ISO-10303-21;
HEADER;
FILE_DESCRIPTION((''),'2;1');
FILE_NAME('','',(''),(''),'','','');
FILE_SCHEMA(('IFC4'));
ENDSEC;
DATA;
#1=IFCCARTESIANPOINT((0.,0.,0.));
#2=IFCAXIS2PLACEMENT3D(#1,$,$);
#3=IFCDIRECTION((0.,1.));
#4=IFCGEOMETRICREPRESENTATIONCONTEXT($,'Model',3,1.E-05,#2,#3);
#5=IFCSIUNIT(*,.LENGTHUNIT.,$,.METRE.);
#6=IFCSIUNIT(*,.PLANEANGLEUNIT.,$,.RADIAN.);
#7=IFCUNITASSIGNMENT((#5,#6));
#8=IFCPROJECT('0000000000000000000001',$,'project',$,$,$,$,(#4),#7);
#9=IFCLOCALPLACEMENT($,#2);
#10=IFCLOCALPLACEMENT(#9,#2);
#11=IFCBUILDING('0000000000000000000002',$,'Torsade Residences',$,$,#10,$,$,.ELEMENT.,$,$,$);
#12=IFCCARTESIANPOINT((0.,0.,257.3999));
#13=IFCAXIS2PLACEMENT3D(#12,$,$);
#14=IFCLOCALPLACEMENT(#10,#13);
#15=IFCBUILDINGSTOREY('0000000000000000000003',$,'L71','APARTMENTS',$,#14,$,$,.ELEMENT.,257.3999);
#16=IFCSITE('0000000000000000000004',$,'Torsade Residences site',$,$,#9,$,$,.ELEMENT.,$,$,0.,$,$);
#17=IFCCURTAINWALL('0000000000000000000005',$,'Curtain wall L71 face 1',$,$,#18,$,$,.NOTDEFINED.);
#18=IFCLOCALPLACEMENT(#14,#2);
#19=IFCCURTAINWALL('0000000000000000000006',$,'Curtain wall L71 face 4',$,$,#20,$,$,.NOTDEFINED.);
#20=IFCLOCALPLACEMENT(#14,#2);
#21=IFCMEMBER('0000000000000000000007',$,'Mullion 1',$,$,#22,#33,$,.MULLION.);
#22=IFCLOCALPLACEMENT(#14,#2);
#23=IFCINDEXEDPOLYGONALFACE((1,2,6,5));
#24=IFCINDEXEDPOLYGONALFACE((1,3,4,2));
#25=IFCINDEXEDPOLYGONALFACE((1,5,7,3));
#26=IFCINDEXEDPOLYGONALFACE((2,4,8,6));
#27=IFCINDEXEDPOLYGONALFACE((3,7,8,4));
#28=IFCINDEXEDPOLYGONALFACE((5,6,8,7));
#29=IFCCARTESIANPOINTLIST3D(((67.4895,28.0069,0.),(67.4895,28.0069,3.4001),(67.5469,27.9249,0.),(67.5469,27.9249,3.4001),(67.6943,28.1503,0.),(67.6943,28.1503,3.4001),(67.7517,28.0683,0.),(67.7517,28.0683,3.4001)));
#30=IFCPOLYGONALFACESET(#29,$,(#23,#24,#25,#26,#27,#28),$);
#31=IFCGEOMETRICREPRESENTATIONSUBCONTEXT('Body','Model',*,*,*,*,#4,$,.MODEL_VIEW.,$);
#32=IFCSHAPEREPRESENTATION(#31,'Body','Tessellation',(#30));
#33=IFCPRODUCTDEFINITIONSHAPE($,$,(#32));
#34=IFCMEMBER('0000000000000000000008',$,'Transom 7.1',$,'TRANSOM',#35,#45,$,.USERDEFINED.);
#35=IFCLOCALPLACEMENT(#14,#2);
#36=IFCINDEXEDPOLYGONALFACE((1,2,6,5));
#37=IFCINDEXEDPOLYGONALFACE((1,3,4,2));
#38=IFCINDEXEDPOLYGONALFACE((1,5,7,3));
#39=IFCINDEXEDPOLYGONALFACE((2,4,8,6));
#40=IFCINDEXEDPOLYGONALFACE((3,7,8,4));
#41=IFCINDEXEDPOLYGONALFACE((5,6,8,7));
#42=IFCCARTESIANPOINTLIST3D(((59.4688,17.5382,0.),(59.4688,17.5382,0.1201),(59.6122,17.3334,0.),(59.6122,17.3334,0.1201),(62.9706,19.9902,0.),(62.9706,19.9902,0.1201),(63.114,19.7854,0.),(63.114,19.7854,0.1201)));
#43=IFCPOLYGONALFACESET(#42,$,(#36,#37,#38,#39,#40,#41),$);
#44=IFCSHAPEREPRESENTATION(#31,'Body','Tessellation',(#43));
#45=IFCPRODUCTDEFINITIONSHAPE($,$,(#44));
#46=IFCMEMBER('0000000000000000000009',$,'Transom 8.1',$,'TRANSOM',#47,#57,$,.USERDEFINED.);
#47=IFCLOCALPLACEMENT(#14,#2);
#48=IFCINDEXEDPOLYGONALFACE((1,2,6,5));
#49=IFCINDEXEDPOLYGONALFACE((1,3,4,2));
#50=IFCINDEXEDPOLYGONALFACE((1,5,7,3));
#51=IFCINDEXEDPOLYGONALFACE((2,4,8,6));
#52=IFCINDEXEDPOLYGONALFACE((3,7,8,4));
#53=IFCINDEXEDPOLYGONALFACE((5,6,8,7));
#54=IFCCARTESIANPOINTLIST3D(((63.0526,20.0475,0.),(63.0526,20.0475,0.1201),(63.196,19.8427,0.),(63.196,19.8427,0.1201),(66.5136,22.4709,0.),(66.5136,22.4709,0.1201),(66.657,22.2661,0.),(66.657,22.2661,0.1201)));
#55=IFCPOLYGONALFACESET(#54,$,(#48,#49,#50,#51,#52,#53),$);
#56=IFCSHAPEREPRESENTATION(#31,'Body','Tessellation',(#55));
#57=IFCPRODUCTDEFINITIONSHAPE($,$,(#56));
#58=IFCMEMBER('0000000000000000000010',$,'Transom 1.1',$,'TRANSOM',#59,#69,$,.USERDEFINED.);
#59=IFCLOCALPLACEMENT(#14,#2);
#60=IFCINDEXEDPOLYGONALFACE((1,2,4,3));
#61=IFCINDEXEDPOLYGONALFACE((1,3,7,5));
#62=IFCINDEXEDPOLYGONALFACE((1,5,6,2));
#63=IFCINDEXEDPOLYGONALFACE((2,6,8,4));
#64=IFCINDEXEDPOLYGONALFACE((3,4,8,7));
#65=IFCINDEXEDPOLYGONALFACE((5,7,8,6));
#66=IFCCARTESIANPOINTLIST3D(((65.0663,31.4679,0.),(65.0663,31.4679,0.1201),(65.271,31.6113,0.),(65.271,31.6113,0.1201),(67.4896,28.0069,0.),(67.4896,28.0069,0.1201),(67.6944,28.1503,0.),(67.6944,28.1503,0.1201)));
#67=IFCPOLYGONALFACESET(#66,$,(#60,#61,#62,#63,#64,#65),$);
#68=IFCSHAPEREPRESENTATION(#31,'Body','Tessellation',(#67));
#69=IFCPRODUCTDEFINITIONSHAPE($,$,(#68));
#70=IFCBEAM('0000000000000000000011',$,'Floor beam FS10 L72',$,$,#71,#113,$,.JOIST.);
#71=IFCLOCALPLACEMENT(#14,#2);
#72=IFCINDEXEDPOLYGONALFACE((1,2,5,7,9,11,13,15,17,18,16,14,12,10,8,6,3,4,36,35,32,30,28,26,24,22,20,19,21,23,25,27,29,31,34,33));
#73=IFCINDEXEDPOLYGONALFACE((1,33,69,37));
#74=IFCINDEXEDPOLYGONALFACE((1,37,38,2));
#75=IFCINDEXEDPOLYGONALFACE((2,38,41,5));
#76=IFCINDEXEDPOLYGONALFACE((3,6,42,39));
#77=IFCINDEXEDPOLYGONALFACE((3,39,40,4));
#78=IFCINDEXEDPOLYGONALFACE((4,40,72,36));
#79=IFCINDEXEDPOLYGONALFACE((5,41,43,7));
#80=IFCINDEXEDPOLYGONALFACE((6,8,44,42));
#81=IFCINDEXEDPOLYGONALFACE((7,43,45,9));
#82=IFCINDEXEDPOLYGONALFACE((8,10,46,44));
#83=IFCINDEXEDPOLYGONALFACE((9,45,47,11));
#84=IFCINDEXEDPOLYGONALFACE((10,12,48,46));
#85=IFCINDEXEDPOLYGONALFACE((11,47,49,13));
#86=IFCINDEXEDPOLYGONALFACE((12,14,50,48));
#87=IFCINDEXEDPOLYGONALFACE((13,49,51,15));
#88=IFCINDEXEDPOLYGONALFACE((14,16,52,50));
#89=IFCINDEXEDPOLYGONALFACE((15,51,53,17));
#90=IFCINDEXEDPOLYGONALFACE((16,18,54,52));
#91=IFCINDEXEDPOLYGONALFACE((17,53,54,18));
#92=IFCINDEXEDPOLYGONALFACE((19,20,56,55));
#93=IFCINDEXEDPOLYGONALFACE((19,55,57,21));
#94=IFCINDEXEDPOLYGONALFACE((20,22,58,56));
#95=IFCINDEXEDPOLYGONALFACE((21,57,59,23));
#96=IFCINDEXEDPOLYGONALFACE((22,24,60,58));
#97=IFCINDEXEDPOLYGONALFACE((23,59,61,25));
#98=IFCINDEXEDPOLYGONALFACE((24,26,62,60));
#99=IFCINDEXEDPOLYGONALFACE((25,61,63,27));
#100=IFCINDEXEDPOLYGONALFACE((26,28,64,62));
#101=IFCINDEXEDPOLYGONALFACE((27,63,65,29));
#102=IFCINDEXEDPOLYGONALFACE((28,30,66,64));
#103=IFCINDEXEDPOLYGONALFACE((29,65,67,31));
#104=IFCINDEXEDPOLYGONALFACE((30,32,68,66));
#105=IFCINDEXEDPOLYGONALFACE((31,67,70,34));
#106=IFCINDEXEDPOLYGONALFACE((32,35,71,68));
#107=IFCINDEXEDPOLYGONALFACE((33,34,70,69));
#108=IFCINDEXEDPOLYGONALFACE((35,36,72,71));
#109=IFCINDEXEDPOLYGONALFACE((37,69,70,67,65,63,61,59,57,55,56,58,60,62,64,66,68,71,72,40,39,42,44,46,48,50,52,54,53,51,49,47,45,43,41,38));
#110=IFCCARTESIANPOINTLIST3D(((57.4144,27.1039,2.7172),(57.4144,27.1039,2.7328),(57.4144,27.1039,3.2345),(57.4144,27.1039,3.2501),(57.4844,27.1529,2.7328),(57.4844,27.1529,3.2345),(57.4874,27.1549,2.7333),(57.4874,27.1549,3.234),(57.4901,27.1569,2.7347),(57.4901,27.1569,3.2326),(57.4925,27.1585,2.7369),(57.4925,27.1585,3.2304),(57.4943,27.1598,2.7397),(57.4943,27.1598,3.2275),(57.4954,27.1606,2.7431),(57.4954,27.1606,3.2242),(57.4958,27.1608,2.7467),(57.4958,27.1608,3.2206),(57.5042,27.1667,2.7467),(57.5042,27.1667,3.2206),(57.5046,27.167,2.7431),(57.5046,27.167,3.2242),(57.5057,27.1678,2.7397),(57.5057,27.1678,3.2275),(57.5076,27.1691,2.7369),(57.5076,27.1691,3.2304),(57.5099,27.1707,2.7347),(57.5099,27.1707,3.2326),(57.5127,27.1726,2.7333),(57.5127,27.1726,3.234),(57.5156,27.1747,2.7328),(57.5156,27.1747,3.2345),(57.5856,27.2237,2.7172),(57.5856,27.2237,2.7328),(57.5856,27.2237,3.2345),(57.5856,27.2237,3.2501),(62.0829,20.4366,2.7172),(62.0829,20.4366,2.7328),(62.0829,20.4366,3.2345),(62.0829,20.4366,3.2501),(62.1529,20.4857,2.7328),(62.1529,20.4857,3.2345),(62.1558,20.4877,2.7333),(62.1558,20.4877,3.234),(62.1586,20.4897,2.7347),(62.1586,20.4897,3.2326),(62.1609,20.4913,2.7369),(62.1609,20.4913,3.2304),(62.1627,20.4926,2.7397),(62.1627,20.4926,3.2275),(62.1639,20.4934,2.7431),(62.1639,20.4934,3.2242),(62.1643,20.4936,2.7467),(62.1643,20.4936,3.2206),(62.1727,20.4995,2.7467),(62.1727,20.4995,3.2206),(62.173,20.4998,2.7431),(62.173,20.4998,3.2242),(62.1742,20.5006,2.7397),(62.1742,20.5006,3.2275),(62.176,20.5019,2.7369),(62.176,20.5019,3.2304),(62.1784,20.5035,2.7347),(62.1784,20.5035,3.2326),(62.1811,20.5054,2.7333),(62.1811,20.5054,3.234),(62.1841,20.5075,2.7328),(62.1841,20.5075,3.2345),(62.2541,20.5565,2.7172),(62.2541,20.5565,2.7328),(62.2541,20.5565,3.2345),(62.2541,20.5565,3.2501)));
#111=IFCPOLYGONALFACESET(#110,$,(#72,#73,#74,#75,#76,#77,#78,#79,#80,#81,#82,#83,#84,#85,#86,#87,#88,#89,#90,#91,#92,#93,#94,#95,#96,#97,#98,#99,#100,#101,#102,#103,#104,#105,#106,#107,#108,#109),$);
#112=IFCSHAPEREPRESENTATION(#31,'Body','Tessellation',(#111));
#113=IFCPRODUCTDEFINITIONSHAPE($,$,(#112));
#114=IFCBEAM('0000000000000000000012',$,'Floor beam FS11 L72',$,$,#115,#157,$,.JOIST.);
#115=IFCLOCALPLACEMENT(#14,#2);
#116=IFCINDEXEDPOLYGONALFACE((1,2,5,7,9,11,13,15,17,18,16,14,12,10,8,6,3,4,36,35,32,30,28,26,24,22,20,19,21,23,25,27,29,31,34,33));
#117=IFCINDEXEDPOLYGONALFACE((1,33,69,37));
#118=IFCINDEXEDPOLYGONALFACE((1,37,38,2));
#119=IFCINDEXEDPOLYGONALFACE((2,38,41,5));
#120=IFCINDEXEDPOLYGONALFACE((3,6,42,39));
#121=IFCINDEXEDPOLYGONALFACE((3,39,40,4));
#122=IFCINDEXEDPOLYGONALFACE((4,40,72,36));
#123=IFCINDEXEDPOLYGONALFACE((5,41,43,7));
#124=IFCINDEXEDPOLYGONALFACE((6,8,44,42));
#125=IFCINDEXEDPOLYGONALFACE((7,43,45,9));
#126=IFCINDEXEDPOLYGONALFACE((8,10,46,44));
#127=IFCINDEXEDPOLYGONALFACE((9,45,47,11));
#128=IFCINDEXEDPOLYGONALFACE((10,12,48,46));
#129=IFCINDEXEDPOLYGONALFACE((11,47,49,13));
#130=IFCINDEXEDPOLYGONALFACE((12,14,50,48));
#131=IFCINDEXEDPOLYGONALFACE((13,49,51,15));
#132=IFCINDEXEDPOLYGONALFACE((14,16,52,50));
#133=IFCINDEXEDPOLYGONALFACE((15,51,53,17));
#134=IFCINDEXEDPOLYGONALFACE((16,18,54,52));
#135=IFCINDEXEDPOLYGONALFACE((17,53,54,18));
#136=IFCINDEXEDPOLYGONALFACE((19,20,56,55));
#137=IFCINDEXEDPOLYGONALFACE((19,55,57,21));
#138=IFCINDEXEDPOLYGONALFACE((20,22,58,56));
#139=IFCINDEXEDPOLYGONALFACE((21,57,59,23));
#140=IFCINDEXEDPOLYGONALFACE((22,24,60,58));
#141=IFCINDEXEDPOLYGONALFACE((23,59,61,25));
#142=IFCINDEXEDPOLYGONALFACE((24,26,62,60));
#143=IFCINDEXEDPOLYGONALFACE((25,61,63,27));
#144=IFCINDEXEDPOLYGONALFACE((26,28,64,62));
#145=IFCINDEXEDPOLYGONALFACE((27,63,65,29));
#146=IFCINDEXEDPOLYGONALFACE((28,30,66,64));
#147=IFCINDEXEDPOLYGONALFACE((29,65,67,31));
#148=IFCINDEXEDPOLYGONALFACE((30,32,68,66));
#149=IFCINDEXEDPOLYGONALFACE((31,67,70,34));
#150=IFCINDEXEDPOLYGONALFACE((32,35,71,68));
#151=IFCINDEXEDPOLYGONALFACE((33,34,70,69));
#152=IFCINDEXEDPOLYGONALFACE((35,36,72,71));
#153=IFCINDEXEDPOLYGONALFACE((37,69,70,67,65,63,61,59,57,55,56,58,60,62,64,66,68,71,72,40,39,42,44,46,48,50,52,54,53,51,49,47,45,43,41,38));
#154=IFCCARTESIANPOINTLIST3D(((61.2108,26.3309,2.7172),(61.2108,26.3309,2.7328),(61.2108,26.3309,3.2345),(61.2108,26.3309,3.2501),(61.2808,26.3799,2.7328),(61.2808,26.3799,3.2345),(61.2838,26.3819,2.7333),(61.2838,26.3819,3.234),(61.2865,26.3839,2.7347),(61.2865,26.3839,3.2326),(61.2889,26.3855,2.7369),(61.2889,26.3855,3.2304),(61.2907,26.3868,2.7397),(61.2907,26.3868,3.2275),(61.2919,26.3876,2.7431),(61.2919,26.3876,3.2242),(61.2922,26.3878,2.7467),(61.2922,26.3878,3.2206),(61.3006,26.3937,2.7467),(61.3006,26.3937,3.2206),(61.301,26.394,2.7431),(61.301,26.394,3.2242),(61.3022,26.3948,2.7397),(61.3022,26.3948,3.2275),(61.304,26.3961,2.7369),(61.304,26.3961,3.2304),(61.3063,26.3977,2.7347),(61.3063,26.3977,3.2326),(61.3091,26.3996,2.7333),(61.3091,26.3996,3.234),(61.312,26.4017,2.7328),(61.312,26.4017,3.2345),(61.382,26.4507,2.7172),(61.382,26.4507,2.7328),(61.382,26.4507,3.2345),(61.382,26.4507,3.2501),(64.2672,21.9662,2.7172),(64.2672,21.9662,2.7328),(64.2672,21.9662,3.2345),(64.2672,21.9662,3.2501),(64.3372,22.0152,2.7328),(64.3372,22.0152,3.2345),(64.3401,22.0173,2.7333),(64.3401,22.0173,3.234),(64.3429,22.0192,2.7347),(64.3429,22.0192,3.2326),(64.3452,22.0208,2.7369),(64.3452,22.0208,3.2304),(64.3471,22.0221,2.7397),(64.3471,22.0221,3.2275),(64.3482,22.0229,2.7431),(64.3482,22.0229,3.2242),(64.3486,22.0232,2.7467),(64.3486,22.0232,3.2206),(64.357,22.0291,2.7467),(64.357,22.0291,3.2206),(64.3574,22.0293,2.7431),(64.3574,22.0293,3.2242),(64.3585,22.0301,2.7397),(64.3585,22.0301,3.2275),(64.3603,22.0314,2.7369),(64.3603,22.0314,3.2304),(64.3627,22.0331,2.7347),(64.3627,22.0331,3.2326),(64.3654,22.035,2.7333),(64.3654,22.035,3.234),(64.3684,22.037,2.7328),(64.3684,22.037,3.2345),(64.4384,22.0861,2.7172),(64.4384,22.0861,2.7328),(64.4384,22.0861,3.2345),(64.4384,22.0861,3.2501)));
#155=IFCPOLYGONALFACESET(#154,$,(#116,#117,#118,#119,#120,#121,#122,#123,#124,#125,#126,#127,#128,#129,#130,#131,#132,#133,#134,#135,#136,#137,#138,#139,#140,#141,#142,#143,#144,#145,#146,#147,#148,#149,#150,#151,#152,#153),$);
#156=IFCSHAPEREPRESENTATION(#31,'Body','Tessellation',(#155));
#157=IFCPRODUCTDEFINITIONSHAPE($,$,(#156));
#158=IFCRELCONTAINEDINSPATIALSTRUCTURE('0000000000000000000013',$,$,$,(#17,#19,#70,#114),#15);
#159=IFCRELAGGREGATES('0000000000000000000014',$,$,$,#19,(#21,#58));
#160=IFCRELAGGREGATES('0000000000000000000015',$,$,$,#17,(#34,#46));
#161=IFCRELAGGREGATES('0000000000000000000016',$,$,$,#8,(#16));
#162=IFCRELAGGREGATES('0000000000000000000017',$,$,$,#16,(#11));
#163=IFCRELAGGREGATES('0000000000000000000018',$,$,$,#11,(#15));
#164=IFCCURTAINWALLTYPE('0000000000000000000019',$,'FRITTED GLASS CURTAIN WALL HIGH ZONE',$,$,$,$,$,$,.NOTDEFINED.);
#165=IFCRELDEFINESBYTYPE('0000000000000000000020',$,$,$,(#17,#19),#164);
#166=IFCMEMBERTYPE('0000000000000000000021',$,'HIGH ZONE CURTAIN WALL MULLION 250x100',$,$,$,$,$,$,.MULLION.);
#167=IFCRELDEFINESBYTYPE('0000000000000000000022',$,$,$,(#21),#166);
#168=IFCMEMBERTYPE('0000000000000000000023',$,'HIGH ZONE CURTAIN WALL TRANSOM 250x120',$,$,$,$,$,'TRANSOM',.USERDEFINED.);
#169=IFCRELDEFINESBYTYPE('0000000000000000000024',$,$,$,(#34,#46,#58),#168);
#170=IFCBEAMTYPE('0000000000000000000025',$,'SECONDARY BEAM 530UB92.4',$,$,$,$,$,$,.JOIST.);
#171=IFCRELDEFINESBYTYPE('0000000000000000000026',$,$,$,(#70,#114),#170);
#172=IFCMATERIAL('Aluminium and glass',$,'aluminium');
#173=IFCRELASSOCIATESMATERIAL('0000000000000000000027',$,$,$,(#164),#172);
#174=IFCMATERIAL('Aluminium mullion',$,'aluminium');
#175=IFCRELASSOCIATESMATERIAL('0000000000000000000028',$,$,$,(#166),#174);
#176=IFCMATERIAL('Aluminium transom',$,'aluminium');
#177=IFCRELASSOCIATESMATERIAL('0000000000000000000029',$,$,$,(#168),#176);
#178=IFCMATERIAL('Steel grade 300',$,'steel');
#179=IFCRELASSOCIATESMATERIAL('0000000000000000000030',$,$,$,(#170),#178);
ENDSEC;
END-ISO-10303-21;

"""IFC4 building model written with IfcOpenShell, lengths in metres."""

from ifc_helpers import new_model, si_unit, direction, frame, origin, origin_2d, place, context, subcontext, project, spatial, rectangle, i_section, extrude, material, material_profile, profile_set, type_object, element, aggregate, save


model = new_model("IFC4")

# Units and contexts
model_context = context("Model", 3, precision=1e-05, world=origin(), true_north=direction((0.0, 1.0)))
body_context = subcontext(model_context, "Body", "Model", "MODEL_VIEW")
ifc_project = project(units=[si_unit("LENGTHUNIT", "METRE"), si_unit("PLANEANGLEUNIT", "RADIAN")], contexts=[model_context])

# Site, building, storey
site_placement = place(None, origin())
site = spatial("IfcSite", under=ifc_project, at=site_placement, Name="Torsade Residences site", CompositionType="ELEMENT", RefElevation=0.0)
building_placement = place(site_placement, origin())
building = spatial("IfcBuilding", under=site, at=building_placement, Name="Torsade Residences", CompositionType="ELEMENT")
storey_placement = place(building_placement, frame((0.0, 0.0, 257.3999)))
storey = spatial("IfcBuildingStorey", under=building, at=storey_placement, Name="L71", Description="APARTMENTS", CompositionType="ELEMENT", Elevation=257.3999)

# Curtain wall
ifc_material_1 = material(Name="Aluminium and glass", Category="aluminium")
curtain_wall_type = type_object("IfcCurtainWallType", Name="FRITTED GLASS CURTAIN WALL HIGH ZONE", PredefinedType="NOTDEFINED", material=ifc_material_1)
curtain_wall_1_placement = place(storey_placement, origin())
curtain_wall_1 = element("IfcCurtainWall", 1, at=curtain_wall_1_placement, inside=storey, type_object=curtain_wall_type, Name="Curtain wall L71 face 1", PredefinedType="NOTDEFINED")
ifc_material_2 = material(Name="Aluminium mullion", Category="aluminium")
ifc_material_profile_1 = material_profile(ifc_material_2, rectangle(XDim=0.25, YDim=0.1001, at=origin_2d()), Name="HIGH ZONE CURTAIN WALL MULLION 250x100")
ifc_profile_set_1 = profile_set([ifc_material_profile_1], Name="Aluminium mullion")
member_type_1 = type_object("IfcMemberType", Name="HIGH ZONE CURTAIN WALL MULLION 250x100", PredefinedType="MULLION", material=ifc_profile_set_1)

# Curtain wall, member
curtain_wall_2_placement = place(storey_placement, origin())
curtain_wall_2 = element("IfcCurtainWall", 2, at=curtain_wall_2_placement, inside=storey, type_object=curtain_wall_type, Name="Curtain wall L71 face 4", PredefinedType="NOTDEFINED")
member_1_placement = place(storey_placement, frame((67.6206, 28.0376, 0.0), z_axis=(0.0, 0.0, 1.0), x_axis=(-0.819152, -0.573576, 0.0)))
member_1 = element("IfcMember", 3, at=member_1_placement, type_object=member_type_1, Name="Mullion 1", PredefinedType="MULLION", context=body_context, shape_type="SweptSolid", body=[
    extrude(rectangle(XDim=0.25, YDim=0.1001, at=origin_2d()), origin(), (0.0, 0.0, 1.0), 3.4001),
])

# Members
ifc_material_3 = material(Name="Aluminium transom", Category="aluminium")
ifc_material_profile_2 = material_profile(ifc_material_3, rectangle(XDim=0.25, YDim=0.1201, at=origin_2d()), Name="HIGH ZONE CURTAIN WALL TRANSOM 250x120")
ifc_profile_set_2 = profile_set([ifc_material_profile_2], Name="Aluminium transom")
member_type_2 = type_object("IfcMemberType", Name="HIGH ZONE CURTAIN WALL TRANSOM 250x120", ElementType="TRANSOM", PredefinedType="USERDEFINED", material=ifc_profile_set_2)
member_2_placement = place(storey_placement, frame((59.5405, 17.4358, 0.0601), z_axis=(0.819154, 0.573573, 0.0), x_axis=(-0.573573, 0.819154, 0.0)))
member_2 = element("IfcMember", 4, at=member_2_placement, type_object=member_type_2, Name="Transom 7.1", ObjectType="TRANSOM", PredefinedType="USERDEFINED", context=body_context, shape_type="SweptSolid", body=[
    extrude(rectangle(XDim=0.25, YDim=0.1201, at=origin_2d()), origin(), (0.0, 0.0, 1.0), 4.2749),
])
member_3_placement = place(storey_placement, frame((63.1243, 19.9451, 0.0601), z_axis=(0.819156, 0.573571, 0.0), x_axis=(-0.573571, 0.819156, 0.0)))
member_3 = element("IfcMember", 5, at=member_3_placement, type_object=member_type_2, Name="Transom 8.1", ObjectType="TRANSOM", PredefinedType="USERDEFINED", context=body_context, shape_type="SweptSolid", body=[
    extrude(rectangle(XDim=0.25, YDim=0.1201, at=origin_2d()), origin(), (0.0, 0.0, 1.0), 4.2251),
])
member_4_placement = place(storey_placement, frame((67.592, 28.0786, 0.0601), z_axis=(-0.573571, 0.819156, 0.0), x_axis=(-0.819156, -0.573571, 0.0)))
member_4 = element("IfcMember", 6, at=member_4_placement, type_object=member_type_2, Name="Transom 1.1", ObjectType="TRANSOM", PredefinedType="USERDEFINED", context=body_context, shape_type="SweptSolid", body=[
    extrude(rectangle(XDim=0.25, YDim=0.1201, at=origin_2d()), origin(), (0.0, 0.0, 1.0), 4.2251),
])
aggregate(curtain_wall_2, [member_1, member_4])

# Beams
ifc_material_4 = material(Name="Steel grade 300", Category="steel")
ifc_material_profile_3 = material_profile(ifc_material_4, i_section(OverallWidth=0.209, OverallDepth=0.533, WebThickness=0.0103, FlangeThickness=0.0156, FilletRadius=0.0139, at=origin_2d()), Name="530UB92.4")
ifc_profile_set_3 = profile_set([ifc_material_profile_3], Name="Steel grade 300")
beam_type_1 = type_object("IfcBeamType", Name="SECONDARY BEAM 530UB92.4", PredefinedType="JOIST", material=ifc_profile_set_3)
beam_1_placement = place(storey_placement, frame((62.1685, 20.4966, 2.9836), z_axis=(-0.573577, 0.819152, 0.0), x_axis=(-0.819152, -0.573577, 0.0)))
element("IfcBeam", 7, at=beam_1_placement, inside=storey, type_object=beam_type_1, Name="Floor beam FS10 L72", PredefinedType="JOIST", context=body_context, shape_type="SweptSolid", body=[
    extrude(i_section(OverallWidth=0.209, OverallDepth=0.533, WebThickness=0.0103, FlangeThickness=0.0156, FilletRadius=0.0139, at=origin_2d()), origin(), (0.0, 0.0, 1.0), 8.1392),
])
beam_2_placement = place(storey_placement, frame((64.3528, 22.0261, 2.9836), z_axis=(-0.573598, 0.819137, 0.0), x_axis=(-0.819137, -0.573598, 0.0)))
element("IfcBeam", 8, at=beam_2_placement, inside=storey, type_object=beam_type_1, Name="Floor beam FS11 L72", PredefinedType="JOIST", context=body_context, shape_type="SweptSolid", body=[
    extrude(i_section(OverallWidth=0.209, OverallDepth=0.533, WebThickness=0.0103, FlangeThickness=0.0156, FilletRadius=0.0139, at=origin_2d()), origin(), (0.0, 0.0, 1.0), 5.3284),
])

aggregate(curtain_wall_1, [member_2, member_3])

save(model, "model.ifc")
